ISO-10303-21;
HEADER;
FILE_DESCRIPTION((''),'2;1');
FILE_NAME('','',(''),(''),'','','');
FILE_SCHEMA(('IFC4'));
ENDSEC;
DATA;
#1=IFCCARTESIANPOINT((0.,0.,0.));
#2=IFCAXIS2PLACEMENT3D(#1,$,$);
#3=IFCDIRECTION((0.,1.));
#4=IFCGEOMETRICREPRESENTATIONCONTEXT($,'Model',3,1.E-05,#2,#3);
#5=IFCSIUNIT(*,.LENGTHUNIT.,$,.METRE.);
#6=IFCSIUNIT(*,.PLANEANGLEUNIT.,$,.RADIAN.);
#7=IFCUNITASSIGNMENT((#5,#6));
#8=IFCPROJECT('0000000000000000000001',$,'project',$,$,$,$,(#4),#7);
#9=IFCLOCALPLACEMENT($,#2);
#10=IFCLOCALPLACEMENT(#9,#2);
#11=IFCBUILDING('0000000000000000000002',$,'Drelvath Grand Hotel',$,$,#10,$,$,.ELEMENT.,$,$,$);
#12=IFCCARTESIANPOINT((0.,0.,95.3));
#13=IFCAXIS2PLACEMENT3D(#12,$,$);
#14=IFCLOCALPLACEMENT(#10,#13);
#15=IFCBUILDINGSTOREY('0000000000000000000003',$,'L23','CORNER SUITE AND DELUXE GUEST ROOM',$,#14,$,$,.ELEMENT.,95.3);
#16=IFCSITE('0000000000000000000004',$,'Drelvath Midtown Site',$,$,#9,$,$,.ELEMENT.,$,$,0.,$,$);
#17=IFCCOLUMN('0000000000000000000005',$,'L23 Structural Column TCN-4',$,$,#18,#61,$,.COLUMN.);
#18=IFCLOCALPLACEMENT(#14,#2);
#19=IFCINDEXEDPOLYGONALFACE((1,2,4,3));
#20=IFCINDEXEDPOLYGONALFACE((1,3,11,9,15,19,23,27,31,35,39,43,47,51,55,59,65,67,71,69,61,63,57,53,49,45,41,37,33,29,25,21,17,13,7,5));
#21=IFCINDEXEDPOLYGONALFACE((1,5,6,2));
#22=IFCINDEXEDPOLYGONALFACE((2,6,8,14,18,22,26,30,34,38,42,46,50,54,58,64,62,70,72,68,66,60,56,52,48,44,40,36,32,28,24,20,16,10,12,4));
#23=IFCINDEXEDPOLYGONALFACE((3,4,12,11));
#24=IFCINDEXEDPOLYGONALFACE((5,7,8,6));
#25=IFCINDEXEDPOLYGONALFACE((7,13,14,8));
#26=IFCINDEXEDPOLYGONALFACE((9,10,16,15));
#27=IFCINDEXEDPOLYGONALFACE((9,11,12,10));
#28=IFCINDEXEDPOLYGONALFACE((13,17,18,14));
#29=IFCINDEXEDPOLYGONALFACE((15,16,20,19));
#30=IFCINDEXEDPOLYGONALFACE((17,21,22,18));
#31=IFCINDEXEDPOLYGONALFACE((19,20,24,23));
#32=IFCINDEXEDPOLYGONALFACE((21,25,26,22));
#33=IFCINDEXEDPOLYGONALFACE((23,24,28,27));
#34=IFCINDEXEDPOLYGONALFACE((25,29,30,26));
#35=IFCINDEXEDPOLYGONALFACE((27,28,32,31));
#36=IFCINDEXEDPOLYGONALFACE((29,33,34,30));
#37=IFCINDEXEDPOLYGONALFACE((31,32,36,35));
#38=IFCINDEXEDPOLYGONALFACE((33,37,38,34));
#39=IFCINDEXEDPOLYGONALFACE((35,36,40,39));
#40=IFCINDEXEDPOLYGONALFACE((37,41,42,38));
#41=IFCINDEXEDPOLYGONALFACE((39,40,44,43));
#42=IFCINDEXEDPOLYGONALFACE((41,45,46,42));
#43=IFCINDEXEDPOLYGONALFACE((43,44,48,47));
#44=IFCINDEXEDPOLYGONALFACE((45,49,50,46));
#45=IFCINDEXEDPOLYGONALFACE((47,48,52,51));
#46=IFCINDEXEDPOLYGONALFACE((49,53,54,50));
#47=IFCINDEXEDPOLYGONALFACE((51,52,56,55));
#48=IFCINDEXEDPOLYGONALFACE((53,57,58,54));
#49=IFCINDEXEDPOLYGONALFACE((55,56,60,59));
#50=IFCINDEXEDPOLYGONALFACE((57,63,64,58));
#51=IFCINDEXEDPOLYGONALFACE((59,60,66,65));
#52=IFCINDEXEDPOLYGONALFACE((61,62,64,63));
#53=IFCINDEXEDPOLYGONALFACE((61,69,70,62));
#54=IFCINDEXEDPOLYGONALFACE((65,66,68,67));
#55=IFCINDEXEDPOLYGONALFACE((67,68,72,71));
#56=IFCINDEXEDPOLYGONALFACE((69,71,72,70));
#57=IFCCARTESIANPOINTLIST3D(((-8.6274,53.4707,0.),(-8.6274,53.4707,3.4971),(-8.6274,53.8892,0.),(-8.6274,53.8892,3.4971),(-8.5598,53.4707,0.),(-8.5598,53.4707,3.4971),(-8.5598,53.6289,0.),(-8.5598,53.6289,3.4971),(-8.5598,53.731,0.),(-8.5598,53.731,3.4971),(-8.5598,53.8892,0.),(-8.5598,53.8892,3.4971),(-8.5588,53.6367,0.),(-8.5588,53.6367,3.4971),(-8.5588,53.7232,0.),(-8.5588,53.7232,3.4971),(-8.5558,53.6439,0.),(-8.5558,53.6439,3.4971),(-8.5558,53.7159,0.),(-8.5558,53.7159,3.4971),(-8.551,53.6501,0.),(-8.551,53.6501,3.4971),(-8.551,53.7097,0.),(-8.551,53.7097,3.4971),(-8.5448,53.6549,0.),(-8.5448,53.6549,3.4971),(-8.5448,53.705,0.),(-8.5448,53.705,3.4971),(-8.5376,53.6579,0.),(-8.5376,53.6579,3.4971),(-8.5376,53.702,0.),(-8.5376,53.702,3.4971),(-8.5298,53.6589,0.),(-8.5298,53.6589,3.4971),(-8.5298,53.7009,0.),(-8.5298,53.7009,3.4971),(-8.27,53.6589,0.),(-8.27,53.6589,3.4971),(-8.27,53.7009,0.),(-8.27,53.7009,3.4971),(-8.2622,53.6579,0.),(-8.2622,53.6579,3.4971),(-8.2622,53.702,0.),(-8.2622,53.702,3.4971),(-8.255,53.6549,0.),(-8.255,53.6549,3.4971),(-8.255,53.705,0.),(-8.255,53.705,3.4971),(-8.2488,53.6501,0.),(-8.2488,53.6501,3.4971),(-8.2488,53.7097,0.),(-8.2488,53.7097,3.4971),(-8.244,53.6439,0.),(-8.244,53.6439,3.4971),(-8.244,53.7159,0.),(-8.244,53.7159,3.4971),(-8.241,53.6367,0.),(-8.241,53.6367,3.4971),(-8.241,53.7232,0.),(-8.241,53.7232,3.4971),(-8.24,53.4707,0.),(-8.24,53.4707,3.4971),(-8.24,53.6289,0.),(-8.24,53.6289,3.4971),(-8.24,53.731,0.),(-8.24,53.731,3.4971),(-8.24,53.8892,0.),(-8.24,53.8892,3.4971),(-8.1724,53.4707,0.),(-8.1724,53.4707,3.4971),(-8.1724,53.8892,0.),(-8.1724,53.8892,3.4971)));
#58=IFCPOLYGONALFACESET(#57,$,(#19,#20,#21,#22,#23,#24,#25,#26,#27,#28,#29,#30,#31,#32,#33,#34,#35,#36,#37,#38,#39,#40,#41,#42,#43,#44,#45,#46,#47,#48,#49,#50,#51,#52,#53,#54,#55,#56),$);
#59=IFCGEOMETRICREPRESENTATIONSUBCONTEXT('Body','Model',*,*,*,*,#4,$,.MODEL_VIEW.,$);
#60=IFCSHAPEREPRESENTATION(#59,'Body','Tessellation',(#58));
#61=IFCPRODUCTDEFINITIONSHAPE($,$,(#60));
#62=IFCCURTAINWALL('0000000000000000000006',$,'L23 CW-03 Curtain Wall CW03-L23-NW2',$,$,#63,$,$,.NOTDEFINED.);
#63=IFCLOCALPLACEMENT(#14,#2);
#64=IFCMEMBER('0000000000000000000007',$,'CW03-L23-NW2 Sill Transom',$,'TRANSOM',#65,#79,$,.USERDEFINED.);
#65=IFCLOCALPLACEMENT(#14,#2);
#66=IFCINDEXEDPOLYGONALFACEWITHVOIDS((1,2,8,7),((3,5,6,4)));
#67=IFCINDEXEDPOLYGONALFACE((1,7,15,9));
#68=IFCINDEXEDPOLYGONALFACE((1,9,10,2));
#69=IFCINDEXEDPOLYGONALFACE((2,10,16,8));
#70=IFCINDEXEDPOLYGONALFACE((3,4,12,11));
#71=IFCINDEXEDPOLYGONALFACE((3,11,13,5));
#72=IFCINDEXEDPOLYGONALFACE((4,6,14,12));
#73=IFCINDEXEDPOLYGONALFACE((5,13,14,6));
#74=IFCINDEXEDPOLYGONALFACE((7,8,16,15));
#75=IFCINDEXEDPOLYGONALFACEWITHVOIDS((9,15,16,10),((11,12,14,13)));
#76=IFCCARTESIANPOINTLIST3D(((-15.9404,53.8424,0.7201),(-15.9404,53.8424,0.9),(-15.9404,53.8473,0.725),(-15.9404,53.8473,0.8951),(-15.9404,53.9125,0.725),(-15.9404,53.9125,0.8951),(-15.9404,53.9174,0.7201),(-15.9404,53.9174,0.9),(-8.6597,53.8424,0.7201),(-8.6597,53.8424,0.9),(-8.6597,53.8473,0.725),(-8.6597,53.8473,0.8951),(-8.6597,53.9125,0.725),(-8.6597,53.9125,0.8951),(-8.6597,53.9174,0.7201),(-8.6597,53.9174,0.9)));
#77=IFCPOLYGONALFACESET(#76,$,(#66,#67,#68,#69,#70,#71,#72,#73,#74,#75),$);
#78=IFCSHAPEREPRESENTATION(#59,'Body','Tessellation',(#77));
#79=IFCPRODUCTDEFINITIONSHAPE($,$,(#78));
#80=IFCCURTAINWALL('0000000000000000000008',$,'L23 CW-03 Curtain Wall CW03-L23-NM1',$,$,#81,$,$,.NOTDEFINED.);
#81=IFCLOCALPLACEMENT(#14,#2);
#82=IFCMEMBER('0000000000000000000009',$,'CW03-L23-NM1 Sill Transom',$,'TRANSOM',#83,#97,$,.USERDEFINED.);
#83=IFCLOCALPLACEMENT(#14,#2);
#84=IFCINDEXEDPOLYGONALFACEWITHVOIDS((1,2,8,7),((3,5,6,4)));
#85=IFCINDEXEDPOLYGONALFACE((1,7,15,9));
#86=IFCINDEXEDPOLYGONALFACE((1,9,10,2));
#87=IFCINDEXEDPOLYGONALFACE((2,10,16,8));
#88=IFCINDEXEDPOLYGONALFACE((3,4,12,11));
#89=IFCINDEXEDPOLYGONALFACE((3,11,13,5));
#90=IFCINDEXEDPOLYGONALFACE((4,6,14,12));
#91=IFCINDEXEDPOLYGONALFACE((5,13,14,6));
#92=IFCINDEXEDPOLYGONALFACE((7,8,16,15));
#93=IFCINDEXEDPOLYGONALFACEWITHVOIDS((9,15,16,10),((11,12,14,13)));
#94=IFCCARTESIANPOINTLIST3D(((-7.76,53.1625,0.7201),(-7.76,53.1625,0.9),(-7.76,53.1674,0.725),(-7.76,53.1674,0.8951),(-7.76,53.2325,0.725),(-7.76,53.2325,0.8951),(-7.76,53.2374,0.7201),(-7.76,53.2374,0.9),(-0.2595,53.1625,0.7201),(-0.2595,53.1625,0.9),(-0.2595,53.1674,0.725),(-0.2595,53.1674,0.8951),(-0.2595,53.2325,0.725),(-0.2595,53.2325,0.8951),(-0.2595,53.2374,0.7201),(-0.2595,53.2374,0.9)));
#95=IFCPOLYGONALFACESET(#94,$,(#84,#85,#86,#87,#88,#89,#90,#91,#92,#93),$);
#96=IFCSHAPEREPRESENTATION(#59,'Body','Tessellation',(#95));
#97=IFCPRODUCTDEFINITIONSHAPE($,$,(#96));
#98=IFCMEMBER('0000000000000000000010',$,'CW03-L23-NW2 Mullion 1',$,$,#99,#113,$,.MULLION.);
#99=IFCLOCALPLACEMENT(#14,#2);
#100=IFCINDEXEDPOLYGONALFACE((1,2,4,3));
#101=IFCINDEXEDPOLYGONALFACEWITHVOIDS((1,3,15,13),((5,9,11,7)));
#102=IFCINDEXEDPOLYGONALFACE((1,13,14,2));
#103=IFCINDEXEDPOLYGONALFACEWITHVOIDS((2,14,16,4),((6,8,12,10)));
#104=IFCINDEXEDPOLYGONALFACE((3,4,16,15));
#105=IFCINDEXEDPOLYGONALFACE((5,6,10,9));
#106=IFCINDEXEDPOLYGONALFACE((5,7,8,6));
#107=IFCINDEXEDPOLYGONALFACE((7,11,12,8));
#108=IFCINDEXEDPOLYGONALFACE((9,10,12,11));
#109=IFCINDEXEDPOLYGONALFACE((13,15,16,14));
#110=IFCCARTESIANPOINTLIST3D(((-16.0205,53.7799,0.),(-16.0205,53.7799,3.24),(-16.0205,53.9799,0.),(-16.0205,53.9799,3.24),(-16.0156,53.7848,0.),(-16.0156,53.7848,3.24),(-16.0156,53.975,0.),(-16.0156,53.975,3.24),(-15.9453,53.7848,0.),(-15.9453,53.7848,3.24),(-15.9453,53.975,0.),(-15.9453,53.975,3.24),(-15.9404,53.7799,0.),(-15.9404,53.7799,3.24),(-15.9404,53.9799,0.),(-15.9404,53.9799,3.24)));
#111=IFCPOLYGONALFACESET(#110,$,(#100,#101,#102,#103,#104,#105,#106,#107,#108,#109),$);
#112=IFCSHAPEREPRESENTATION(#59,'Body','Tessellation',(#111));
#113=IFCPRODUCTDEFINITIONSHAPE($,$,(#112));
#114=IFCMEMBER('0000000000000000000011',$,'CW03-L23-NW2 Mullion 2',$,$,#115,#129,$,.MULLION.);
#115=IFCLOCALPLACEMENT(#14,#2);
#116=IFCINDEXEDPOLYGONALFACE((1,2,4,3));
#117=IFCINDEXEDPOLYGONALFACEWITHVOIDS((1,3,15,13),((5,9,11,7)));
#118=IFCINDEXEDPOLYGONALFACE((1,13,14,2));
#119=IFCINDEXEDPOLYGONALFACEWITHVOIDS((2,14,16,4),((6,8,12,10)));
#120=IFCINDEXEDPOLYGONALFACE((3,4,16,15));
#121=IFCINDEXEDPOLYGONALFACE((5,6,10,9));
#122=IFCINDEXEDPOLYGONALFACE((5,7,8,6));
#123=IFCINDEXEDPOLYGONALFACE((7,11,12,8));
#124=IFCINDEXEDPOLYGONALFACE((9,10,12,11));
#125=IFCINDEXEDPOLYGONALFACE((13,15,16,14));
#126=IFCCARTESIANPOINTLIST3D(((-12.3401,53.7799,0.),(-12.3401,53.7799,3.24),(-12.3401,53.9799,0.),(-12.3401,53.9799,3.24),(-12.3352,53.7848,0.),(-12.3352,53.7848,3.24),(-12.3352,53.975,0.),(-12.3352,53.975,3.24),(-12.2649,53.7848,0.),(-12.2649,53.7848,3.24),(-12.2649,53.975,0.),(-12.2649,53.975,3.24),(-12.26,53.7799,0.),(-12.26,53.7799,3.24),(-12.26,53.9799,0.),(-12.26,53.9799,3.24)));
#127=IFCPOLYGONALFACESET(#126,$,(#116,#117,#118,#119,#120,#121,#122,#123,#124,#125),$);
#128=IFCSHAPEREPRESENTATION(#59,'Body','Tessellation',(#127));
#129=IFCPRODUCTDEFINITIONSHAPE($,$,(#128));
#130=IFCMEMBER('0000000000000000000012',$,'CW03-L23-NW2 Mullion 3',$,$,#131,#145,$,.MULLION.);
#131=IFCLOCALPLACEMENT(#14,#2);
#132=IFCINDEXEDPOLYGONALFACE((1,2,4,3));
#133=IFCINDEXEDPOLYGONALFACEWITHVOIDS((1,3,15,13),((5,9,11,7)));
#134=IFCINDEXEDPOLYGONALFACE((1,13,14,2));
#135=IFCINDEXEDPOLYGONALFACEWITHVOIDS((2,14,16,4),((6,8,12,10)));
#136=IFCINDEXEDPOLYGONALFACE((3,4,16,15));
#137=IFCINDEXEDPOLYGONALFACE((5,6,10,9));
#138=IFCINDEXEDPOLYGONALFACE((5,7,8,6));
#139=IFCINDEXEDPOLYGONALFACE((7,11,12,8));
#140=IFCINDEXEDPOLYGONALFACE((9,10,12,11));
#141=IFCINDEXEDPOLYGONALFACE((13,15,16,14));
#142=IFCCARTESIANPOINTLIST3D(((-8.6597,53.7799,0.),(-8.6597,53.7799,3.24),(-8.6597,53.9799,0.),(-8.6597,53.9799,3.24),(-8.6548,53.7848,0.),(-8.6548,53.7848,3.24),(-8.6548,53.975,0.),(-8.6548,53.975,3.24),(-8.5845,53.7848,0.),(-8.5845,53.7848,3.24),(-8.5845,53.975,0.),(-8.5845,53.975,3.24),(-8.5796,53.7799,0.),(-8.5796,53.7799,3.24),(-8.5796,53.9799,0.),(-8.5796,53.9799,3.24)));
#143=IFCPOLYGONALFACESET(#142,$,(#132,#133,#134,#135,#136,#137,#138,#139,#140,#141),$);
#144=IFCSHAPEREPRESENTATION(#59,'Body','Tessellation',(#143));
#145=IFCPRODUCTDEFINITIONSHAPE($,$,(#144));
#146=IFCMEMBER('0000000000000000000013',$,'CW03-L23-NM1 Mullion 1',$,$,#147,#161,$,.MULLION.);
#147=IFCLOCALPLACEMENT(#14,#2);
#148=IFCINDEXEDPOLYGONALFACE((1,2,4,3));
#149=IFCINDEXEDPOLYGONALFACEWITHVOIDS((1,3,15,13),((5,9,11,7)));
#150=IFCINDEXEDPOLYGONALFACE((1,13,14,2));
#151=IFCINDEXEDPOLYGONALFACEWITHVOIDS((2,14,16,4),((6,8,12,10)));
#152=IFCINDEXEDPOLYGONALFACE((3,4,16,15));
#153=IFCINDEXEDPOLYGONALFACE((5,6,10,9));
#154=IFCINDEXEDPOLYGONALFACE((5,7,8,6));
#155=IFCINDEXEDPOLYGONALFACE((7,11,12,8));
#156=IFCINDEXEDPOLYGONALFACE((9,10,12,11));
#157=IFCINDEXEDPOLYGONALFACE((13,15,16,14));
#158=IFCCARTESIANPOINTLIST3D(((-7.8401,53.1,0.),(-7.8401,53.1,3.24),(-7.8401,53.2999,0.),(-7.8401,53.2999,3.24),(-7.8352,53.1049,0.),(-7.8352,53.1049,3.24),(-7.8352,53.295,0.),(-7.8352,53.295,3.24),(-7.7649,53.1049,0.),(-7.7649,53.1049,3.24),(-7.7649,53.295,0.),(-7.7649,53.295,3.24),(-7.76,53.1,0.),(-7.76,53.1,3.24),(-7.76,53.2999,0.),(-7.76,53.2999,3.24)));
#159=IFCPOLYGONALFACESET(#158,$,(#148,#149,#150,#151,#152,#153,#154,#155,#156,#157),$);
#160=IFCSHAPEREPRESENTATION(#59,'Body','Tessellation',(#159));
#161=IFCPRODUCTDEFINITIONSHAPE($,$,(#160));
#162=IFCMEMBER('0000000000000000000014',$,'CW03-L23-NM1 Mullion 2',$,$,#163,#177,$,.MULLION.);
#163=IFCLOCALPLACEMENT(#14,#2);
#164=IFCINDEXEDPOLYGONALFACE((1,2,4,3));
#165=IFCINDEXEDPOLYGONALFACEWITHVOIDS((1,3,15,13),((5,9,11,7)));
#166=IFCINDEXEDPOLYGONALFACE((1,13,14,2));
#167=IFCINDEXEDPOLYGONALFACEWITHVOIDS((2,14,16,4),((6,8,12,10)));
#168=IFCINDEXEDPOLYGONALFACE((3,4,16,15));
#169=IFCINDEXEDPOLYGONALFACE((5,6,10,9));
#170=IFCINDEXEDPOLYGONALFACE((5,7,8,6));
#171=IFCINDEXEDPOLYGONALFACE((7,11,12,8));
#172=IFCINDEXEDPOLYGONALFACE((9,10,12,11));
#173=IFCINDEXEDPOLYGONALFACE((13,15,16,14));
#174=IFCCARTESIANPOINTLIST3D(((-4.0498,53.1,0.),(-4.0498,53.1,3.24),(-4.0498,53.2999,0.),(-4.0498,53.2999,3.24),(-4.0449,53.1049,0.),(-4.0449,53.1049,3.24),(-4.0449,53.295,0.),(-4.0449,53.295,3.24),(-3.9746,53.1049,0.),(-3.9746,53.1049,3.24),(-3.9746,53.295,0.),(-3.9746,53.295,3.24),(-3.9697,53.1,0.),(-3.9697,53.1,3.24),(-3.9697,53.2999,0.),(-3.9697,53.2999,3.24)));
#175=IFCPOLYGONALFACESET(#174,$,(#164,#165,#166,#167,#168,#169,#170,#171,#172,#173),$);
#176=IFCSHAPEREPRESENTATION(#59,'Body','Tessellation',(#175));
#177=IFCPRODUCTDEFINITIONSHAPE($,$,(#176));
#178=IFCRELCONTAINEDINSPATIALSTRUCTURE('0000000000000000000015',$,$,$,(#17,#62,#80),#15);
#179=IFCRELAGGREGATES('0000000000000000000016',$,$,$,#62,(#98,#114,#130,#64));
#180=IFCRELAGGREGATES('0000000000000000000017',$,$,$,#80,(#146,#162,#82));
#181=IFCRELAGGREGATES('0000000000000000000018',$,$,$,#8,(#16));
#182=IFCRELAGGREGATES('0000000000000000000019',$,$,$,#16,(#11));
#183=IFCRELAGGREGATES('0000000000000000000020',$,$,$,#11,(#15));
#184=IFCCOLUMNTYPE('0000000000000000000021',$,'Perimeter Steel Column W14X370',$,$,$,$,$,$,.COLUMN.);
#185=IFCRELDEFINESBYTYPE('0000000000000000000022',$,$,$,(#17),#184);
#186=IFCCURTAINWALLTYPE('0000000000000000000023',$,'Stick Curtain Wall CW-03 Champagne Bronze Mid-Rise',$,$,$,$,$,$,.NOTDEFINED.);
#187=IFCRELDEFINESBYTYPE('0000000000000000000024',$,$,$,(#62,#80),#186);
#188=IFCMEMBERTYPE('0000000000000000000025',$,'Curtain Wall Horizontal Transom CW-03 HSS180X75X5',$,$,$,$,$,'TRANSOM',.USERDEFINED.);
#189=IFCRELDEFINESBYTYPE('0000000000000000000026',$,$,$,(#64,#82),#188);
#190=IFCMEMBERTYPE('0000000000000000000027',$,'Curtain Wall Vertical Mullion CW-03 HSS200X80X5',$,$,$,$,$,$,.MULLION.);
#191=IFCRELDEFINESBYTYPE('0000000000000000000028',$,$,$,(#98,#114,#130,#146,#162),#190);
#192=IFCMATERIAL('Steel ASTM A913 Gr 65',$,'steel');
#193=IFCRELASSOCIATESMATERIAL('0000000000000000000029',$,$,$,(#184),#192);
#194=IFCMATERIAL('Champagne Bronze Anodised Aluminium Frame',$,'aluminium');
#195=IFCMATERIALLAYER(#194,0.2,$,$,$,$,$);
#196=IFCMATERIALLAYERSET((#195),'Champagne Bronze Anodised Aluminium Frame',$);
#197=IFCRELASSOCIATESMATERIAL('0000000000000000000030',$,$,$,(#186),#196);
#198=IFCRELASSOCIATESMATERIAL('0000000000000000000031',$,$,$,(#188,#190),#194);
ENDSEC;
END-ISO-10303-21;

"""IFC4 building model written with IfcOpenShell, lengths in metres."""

from ifc_helpers import new_model, si_unit, direction, frame, origin, origin_2d, place, context, subcontext, project, spatial, hollow_rectangle, i_section, extrude, material, layer, layer_set, material_profile, profile_set, type_object, element, aggregate, save


model = new_model("IFC4")

# Units and contexts
model_context = context("Model", 3, precision=1e-05, world=origin(), true_north=direction((0.0, 1.0)))
body_context = subcontext(model_context, "Body", "Model", "MODEL_VIEW")
ifc_project = project(units=[si_unit("LENGTHUNIT", "METRE"), si_unit("PLANEANGLEUNIT", "RADIAN")], contexts=[model_context])

# Site, building, storey
site_placement = place(None, origin())
site = spatial("IfcSite", under=ifc_project, at=site_placement, Name="Drelvath Midtown Site", CompositionType="ELEMENT", RefElevation=0.0)
building_placement = place(site_placement, origin())
building = spatial("IfcBuilding", under=site, at=building_placement, Name="Drelvath Grand Hotel", CompositionType="ELEMENT")
storey_placement = place(building_placement, frame((0.0, 0.0, 95.3)))
storey = spatial("IfcBuildingStorey", under=building, at=storey_placement, Name="L23", Description="CORNER SUITE AND DELUXE GUEST ROOM", CompositionType="ELEMENT", Elevation=95.3)

# Column
ifc_material_1 = material(Name="Steel ASTM A913 Gr 65", Category="steel")
ifc_material_profile_1 = material_profile(ifc_material_1, i_section(OverallWidth=0.4185, OverallDepth=0.4551, WebThickness=0.042, FlangeThickness=0.0676, FilletRadius=0.03, at=origin_2d()), Name="W14X370")
ifc_profile_set_1 = profile_set([ifc_material_profile_1], Name="Steel ASTM A913 Gr 65")
column_type = type_object("IfcColumnType", Name="Perimeter Steel Column W14X370", PredefinedType="COLUMN", material=ifc_profile_set_1)
column_placement = place(storey_placement, frame((-8.3999, 53.6799, 0.0), z_axis=(0.0, 0.0, 1.0), x_axis=(0.0, 1.0, 0.0)))
element("IfcColumn", 1, at=column_placement, inside=storey, type_object=column_type, Name="L23 Structural Column TCN-4", PredefinedType="COLUMN", context=body_context, shape_type="SweptSolid", body=[
    extrude(i_section(OverallWidth=0.4185, OverallDepth=0.4551, WebThickness=0.042, FlangeThickness=0.0676, FilletRadius=0.03, at=origin_2d()), origin(), (0.0, 0.0, 1.0), 3.4971),
])

# Curtain walls, members
ifc_material_2 = material(Name="Champagne Bronze Anodised Aluminium Frame", Category="aluminium")
ifc_layer_1 = layer(ifc_material_2, 0.2)
ifc_layer_set_1 = layer_set([ifc_layer_1], Name="Champagne Bronze Anodised Aluminium Frame")
curtain_wall_type = type_object("IfcCurtainWallType", Name="Stick Curtain Wall CW-03 Champagne Bronze Mid-Rise", PredefinedType="NOTDEFINED", material=ifc_layer_set_1)
curtain_wall_1_placement = place(storey_placement, origin())
curtain_wall_1 = element("IfcCurtainWall", 2, at=curtain_wall_1_placement, inside=storey, type_object=curtain_wall_type, Name="L23 CW-03 Curtain Wall CW03-L23-NW2", PredefinedType="NOTDEFINED")
ifc_material_profile_2 = material_profile(ifc_material_2, hollow_rectangle(XDim=0.075, YDim=0.1799, WallThickness=0.0049, at=origin_2d()), Name="HSS180X75X5")
ifc_profile_set_2 = profile_set([ifc_material_profile_2], Name="Champagne Bronze Anodised Aluminium Frame")
member_type_1 = type_object("IfcMemberType", Name="Curtain Wall Horizontal Transom CW-03 HSS180X75X5", ElementType="TRANSOM", PredefinedType="USERDEFINED", material=ifc_profile_set_2)
member_1_placement = place(storey_placement, frame((-15.9404, 53.8799, 0.8101), z_axis=(1.0, 0.0, 0.0), x_axis=(0.0, 1.0, 0.0)))
member_1 = element("IfcMember", 3, at=member_1_placement, type_object=member_type_1, Name="CW03-L23-NW2 Sill Transom", ObjectType="TRANSOM", PredefinedType="USERDEFINED", context=body_context, shape_type="SweptSolid", body=[
    extrude(hollow_rectangle(XDim=0.075, YDim=0.1799, WallThickness=0.0049, at=origin_2d()), origin(), (0.0, 0.0, 1.0), 7.2808),
])
curtain_wall_2_placement = place(storey_placement, origin())
curtain_wall_2 = element("IfcCurtainWall", 4, at=curtain_wall_2_placement, inside=storey, type_object=curtain_wall_type, Name="L23 CW-03 Curtain Wall CW03-L23-NM1", PredefinedType="NOTDEFINED")
member_2_placement = place(storey_placement, frame((-7.76, 53.2, 0.8101), z_axis=(1.0, 0.0, 0.0), x_axis=(0.0, 1.0, 0.0)))
member_2 = element("IfcMember", 5, at=member_2_placement, type_object=member_type_1, Name="CW03-L23-NM1 Sill Transom", ObjectType="TRANSOM", PredefinedType="USERDEFINED", context=body_context, shape_type="SweptSolid", body=[
    extrude(hollow_rectangle(XDim=0.075, YDim=0.1799, WallThickness=0.0049, at=origin_2d()), origin(), (0.0, 0.0, 1.0), 7.5005),
])

# Members
ifc_material_profile_3 = material_profile(ifc_material_2, hollow_rectangle(XDim=0.0801, YDim=0.2, WallThickness=0.0049, at=origin_2d()), Name="HSS200X80X5")
ifc_profile_set_3 = profile_set([ifc_material_profile_3], Name="Champagne Bronze Anodised Aluminium Frame")
member_type_2 = type_object("IfcMemberType", Name="Curtain Wall Vertical Mullion CW-03 HSS200X80X5", PredefinedType="MULLION", material=ifc_profile_set_3)
member_3_placement = place(storey_placement, frame((-15.9805, 53.8799, 0.0), z_axis=(0.0, 0.0, 1.0), x_axis=(1.0, 0.0, 0.0)))
member_3 = element("IfcMember", 6, at=member_3_placement, type_object=member_type_2, Name="CW03-L23-NW2 Mullion 1", PredefinedType="MULLION", context=body_context, shape_type="SweptSolid", body=[
    extrude(hollow_rectangle(XDim=0.0801, YDim=0.2, WallThickness=0.0049, at=origin_2d()), origin(), (0.0, 0.0, 1.0), 3.24),
])
member_4_placement = place(storey_placement, frame((-12.3, 53.8799, 0.0), z_axis=(0.0, 0.0, 1.0), x_axis=(1.0, 0.0, 0.0)))
member_4 = element("IfcMember", 7, at=member_4_placement, type_object=member_type_2, Name="CW03-L23-NW2 Mullion 2", PredefinedType="MULLION", context=body_context, shape_type="SweptSolid", body=[
    extrude(hollow_rectangle(XDim=0.0801, YDim=0.2, WallThickness=0.0049, at=origin_2d()), origin(), (0.0, 0.0, 1.0), 3.24),
])
member_5_placement = place(storey_placement, frame((-8.6196, 53.8799, 0.0), z_axis=(0.0, 0.0, 1.0), x_axis=(1.0, 0.0, 0.0)))
member_5 = element("IfcMember", 8, at=member_5_placement, type_object=member_type_2, Name="CW03-L23-NW2 Mullion 3", PredefinedType="MULLION", context=body_context, shape_type="SweptSolid", body=[
    extrude(hollow_rectangle(XDim=0.0801, YDim=0.2, WallThickness=0.0049, at=origin_2d()), origin(), (0.0, 0.0, 1.0), 3.24),
])
member_6_placement = place(storey_placement, frame((-7.8, 53.2, 0.0), z_axis=(0.0, 0.0, 1.0), x_axis=(1.0, 0.0, 0.0)))
member_6 = element("IfcMember", 9, at=member_6_placement, type_object=member_type_2, Name="CW03-L23-NM1 Mullion 1", PredefinedType="MULLION", context=body_context, shape_type="SweptSolid", body=[
    extrude(hollow_rectangle(XDim=0.0801, YDim=0.2, WallThickness=0.0049, at=origin_2d()), origin(), (0.0, 0.0, 1.0), 3.24),
])
member_7_placement = place(storey_placement, frame((-4.0098, 53.2, 0.0), z_axis=(0.0, 0.0, 1.0), x_axis=(1.0, 0.0, 0.0)))
member_7 = element("IfcMember", 10, at=member_7_placement, type_object=member_type_2, Name="CW03-L23-NM1 Mullion 2", PredefinedType="MULLION", context=body_context, shape_type="SweptSolid", body=[
    extrude(hollow_rectangle(XDim=0.0801, YDim=0.2, WallThickness=0.0049, at=origin_2d()), origin(), (0.0, 0.0, 1.0), 3.24),
])

aggregate(curtain_wall_1, [member_3, member_4, member_5, member_1])
aggregate(curtain_wall_2, [member_6, member_7, member_2])

save(model, "model.ifc")
